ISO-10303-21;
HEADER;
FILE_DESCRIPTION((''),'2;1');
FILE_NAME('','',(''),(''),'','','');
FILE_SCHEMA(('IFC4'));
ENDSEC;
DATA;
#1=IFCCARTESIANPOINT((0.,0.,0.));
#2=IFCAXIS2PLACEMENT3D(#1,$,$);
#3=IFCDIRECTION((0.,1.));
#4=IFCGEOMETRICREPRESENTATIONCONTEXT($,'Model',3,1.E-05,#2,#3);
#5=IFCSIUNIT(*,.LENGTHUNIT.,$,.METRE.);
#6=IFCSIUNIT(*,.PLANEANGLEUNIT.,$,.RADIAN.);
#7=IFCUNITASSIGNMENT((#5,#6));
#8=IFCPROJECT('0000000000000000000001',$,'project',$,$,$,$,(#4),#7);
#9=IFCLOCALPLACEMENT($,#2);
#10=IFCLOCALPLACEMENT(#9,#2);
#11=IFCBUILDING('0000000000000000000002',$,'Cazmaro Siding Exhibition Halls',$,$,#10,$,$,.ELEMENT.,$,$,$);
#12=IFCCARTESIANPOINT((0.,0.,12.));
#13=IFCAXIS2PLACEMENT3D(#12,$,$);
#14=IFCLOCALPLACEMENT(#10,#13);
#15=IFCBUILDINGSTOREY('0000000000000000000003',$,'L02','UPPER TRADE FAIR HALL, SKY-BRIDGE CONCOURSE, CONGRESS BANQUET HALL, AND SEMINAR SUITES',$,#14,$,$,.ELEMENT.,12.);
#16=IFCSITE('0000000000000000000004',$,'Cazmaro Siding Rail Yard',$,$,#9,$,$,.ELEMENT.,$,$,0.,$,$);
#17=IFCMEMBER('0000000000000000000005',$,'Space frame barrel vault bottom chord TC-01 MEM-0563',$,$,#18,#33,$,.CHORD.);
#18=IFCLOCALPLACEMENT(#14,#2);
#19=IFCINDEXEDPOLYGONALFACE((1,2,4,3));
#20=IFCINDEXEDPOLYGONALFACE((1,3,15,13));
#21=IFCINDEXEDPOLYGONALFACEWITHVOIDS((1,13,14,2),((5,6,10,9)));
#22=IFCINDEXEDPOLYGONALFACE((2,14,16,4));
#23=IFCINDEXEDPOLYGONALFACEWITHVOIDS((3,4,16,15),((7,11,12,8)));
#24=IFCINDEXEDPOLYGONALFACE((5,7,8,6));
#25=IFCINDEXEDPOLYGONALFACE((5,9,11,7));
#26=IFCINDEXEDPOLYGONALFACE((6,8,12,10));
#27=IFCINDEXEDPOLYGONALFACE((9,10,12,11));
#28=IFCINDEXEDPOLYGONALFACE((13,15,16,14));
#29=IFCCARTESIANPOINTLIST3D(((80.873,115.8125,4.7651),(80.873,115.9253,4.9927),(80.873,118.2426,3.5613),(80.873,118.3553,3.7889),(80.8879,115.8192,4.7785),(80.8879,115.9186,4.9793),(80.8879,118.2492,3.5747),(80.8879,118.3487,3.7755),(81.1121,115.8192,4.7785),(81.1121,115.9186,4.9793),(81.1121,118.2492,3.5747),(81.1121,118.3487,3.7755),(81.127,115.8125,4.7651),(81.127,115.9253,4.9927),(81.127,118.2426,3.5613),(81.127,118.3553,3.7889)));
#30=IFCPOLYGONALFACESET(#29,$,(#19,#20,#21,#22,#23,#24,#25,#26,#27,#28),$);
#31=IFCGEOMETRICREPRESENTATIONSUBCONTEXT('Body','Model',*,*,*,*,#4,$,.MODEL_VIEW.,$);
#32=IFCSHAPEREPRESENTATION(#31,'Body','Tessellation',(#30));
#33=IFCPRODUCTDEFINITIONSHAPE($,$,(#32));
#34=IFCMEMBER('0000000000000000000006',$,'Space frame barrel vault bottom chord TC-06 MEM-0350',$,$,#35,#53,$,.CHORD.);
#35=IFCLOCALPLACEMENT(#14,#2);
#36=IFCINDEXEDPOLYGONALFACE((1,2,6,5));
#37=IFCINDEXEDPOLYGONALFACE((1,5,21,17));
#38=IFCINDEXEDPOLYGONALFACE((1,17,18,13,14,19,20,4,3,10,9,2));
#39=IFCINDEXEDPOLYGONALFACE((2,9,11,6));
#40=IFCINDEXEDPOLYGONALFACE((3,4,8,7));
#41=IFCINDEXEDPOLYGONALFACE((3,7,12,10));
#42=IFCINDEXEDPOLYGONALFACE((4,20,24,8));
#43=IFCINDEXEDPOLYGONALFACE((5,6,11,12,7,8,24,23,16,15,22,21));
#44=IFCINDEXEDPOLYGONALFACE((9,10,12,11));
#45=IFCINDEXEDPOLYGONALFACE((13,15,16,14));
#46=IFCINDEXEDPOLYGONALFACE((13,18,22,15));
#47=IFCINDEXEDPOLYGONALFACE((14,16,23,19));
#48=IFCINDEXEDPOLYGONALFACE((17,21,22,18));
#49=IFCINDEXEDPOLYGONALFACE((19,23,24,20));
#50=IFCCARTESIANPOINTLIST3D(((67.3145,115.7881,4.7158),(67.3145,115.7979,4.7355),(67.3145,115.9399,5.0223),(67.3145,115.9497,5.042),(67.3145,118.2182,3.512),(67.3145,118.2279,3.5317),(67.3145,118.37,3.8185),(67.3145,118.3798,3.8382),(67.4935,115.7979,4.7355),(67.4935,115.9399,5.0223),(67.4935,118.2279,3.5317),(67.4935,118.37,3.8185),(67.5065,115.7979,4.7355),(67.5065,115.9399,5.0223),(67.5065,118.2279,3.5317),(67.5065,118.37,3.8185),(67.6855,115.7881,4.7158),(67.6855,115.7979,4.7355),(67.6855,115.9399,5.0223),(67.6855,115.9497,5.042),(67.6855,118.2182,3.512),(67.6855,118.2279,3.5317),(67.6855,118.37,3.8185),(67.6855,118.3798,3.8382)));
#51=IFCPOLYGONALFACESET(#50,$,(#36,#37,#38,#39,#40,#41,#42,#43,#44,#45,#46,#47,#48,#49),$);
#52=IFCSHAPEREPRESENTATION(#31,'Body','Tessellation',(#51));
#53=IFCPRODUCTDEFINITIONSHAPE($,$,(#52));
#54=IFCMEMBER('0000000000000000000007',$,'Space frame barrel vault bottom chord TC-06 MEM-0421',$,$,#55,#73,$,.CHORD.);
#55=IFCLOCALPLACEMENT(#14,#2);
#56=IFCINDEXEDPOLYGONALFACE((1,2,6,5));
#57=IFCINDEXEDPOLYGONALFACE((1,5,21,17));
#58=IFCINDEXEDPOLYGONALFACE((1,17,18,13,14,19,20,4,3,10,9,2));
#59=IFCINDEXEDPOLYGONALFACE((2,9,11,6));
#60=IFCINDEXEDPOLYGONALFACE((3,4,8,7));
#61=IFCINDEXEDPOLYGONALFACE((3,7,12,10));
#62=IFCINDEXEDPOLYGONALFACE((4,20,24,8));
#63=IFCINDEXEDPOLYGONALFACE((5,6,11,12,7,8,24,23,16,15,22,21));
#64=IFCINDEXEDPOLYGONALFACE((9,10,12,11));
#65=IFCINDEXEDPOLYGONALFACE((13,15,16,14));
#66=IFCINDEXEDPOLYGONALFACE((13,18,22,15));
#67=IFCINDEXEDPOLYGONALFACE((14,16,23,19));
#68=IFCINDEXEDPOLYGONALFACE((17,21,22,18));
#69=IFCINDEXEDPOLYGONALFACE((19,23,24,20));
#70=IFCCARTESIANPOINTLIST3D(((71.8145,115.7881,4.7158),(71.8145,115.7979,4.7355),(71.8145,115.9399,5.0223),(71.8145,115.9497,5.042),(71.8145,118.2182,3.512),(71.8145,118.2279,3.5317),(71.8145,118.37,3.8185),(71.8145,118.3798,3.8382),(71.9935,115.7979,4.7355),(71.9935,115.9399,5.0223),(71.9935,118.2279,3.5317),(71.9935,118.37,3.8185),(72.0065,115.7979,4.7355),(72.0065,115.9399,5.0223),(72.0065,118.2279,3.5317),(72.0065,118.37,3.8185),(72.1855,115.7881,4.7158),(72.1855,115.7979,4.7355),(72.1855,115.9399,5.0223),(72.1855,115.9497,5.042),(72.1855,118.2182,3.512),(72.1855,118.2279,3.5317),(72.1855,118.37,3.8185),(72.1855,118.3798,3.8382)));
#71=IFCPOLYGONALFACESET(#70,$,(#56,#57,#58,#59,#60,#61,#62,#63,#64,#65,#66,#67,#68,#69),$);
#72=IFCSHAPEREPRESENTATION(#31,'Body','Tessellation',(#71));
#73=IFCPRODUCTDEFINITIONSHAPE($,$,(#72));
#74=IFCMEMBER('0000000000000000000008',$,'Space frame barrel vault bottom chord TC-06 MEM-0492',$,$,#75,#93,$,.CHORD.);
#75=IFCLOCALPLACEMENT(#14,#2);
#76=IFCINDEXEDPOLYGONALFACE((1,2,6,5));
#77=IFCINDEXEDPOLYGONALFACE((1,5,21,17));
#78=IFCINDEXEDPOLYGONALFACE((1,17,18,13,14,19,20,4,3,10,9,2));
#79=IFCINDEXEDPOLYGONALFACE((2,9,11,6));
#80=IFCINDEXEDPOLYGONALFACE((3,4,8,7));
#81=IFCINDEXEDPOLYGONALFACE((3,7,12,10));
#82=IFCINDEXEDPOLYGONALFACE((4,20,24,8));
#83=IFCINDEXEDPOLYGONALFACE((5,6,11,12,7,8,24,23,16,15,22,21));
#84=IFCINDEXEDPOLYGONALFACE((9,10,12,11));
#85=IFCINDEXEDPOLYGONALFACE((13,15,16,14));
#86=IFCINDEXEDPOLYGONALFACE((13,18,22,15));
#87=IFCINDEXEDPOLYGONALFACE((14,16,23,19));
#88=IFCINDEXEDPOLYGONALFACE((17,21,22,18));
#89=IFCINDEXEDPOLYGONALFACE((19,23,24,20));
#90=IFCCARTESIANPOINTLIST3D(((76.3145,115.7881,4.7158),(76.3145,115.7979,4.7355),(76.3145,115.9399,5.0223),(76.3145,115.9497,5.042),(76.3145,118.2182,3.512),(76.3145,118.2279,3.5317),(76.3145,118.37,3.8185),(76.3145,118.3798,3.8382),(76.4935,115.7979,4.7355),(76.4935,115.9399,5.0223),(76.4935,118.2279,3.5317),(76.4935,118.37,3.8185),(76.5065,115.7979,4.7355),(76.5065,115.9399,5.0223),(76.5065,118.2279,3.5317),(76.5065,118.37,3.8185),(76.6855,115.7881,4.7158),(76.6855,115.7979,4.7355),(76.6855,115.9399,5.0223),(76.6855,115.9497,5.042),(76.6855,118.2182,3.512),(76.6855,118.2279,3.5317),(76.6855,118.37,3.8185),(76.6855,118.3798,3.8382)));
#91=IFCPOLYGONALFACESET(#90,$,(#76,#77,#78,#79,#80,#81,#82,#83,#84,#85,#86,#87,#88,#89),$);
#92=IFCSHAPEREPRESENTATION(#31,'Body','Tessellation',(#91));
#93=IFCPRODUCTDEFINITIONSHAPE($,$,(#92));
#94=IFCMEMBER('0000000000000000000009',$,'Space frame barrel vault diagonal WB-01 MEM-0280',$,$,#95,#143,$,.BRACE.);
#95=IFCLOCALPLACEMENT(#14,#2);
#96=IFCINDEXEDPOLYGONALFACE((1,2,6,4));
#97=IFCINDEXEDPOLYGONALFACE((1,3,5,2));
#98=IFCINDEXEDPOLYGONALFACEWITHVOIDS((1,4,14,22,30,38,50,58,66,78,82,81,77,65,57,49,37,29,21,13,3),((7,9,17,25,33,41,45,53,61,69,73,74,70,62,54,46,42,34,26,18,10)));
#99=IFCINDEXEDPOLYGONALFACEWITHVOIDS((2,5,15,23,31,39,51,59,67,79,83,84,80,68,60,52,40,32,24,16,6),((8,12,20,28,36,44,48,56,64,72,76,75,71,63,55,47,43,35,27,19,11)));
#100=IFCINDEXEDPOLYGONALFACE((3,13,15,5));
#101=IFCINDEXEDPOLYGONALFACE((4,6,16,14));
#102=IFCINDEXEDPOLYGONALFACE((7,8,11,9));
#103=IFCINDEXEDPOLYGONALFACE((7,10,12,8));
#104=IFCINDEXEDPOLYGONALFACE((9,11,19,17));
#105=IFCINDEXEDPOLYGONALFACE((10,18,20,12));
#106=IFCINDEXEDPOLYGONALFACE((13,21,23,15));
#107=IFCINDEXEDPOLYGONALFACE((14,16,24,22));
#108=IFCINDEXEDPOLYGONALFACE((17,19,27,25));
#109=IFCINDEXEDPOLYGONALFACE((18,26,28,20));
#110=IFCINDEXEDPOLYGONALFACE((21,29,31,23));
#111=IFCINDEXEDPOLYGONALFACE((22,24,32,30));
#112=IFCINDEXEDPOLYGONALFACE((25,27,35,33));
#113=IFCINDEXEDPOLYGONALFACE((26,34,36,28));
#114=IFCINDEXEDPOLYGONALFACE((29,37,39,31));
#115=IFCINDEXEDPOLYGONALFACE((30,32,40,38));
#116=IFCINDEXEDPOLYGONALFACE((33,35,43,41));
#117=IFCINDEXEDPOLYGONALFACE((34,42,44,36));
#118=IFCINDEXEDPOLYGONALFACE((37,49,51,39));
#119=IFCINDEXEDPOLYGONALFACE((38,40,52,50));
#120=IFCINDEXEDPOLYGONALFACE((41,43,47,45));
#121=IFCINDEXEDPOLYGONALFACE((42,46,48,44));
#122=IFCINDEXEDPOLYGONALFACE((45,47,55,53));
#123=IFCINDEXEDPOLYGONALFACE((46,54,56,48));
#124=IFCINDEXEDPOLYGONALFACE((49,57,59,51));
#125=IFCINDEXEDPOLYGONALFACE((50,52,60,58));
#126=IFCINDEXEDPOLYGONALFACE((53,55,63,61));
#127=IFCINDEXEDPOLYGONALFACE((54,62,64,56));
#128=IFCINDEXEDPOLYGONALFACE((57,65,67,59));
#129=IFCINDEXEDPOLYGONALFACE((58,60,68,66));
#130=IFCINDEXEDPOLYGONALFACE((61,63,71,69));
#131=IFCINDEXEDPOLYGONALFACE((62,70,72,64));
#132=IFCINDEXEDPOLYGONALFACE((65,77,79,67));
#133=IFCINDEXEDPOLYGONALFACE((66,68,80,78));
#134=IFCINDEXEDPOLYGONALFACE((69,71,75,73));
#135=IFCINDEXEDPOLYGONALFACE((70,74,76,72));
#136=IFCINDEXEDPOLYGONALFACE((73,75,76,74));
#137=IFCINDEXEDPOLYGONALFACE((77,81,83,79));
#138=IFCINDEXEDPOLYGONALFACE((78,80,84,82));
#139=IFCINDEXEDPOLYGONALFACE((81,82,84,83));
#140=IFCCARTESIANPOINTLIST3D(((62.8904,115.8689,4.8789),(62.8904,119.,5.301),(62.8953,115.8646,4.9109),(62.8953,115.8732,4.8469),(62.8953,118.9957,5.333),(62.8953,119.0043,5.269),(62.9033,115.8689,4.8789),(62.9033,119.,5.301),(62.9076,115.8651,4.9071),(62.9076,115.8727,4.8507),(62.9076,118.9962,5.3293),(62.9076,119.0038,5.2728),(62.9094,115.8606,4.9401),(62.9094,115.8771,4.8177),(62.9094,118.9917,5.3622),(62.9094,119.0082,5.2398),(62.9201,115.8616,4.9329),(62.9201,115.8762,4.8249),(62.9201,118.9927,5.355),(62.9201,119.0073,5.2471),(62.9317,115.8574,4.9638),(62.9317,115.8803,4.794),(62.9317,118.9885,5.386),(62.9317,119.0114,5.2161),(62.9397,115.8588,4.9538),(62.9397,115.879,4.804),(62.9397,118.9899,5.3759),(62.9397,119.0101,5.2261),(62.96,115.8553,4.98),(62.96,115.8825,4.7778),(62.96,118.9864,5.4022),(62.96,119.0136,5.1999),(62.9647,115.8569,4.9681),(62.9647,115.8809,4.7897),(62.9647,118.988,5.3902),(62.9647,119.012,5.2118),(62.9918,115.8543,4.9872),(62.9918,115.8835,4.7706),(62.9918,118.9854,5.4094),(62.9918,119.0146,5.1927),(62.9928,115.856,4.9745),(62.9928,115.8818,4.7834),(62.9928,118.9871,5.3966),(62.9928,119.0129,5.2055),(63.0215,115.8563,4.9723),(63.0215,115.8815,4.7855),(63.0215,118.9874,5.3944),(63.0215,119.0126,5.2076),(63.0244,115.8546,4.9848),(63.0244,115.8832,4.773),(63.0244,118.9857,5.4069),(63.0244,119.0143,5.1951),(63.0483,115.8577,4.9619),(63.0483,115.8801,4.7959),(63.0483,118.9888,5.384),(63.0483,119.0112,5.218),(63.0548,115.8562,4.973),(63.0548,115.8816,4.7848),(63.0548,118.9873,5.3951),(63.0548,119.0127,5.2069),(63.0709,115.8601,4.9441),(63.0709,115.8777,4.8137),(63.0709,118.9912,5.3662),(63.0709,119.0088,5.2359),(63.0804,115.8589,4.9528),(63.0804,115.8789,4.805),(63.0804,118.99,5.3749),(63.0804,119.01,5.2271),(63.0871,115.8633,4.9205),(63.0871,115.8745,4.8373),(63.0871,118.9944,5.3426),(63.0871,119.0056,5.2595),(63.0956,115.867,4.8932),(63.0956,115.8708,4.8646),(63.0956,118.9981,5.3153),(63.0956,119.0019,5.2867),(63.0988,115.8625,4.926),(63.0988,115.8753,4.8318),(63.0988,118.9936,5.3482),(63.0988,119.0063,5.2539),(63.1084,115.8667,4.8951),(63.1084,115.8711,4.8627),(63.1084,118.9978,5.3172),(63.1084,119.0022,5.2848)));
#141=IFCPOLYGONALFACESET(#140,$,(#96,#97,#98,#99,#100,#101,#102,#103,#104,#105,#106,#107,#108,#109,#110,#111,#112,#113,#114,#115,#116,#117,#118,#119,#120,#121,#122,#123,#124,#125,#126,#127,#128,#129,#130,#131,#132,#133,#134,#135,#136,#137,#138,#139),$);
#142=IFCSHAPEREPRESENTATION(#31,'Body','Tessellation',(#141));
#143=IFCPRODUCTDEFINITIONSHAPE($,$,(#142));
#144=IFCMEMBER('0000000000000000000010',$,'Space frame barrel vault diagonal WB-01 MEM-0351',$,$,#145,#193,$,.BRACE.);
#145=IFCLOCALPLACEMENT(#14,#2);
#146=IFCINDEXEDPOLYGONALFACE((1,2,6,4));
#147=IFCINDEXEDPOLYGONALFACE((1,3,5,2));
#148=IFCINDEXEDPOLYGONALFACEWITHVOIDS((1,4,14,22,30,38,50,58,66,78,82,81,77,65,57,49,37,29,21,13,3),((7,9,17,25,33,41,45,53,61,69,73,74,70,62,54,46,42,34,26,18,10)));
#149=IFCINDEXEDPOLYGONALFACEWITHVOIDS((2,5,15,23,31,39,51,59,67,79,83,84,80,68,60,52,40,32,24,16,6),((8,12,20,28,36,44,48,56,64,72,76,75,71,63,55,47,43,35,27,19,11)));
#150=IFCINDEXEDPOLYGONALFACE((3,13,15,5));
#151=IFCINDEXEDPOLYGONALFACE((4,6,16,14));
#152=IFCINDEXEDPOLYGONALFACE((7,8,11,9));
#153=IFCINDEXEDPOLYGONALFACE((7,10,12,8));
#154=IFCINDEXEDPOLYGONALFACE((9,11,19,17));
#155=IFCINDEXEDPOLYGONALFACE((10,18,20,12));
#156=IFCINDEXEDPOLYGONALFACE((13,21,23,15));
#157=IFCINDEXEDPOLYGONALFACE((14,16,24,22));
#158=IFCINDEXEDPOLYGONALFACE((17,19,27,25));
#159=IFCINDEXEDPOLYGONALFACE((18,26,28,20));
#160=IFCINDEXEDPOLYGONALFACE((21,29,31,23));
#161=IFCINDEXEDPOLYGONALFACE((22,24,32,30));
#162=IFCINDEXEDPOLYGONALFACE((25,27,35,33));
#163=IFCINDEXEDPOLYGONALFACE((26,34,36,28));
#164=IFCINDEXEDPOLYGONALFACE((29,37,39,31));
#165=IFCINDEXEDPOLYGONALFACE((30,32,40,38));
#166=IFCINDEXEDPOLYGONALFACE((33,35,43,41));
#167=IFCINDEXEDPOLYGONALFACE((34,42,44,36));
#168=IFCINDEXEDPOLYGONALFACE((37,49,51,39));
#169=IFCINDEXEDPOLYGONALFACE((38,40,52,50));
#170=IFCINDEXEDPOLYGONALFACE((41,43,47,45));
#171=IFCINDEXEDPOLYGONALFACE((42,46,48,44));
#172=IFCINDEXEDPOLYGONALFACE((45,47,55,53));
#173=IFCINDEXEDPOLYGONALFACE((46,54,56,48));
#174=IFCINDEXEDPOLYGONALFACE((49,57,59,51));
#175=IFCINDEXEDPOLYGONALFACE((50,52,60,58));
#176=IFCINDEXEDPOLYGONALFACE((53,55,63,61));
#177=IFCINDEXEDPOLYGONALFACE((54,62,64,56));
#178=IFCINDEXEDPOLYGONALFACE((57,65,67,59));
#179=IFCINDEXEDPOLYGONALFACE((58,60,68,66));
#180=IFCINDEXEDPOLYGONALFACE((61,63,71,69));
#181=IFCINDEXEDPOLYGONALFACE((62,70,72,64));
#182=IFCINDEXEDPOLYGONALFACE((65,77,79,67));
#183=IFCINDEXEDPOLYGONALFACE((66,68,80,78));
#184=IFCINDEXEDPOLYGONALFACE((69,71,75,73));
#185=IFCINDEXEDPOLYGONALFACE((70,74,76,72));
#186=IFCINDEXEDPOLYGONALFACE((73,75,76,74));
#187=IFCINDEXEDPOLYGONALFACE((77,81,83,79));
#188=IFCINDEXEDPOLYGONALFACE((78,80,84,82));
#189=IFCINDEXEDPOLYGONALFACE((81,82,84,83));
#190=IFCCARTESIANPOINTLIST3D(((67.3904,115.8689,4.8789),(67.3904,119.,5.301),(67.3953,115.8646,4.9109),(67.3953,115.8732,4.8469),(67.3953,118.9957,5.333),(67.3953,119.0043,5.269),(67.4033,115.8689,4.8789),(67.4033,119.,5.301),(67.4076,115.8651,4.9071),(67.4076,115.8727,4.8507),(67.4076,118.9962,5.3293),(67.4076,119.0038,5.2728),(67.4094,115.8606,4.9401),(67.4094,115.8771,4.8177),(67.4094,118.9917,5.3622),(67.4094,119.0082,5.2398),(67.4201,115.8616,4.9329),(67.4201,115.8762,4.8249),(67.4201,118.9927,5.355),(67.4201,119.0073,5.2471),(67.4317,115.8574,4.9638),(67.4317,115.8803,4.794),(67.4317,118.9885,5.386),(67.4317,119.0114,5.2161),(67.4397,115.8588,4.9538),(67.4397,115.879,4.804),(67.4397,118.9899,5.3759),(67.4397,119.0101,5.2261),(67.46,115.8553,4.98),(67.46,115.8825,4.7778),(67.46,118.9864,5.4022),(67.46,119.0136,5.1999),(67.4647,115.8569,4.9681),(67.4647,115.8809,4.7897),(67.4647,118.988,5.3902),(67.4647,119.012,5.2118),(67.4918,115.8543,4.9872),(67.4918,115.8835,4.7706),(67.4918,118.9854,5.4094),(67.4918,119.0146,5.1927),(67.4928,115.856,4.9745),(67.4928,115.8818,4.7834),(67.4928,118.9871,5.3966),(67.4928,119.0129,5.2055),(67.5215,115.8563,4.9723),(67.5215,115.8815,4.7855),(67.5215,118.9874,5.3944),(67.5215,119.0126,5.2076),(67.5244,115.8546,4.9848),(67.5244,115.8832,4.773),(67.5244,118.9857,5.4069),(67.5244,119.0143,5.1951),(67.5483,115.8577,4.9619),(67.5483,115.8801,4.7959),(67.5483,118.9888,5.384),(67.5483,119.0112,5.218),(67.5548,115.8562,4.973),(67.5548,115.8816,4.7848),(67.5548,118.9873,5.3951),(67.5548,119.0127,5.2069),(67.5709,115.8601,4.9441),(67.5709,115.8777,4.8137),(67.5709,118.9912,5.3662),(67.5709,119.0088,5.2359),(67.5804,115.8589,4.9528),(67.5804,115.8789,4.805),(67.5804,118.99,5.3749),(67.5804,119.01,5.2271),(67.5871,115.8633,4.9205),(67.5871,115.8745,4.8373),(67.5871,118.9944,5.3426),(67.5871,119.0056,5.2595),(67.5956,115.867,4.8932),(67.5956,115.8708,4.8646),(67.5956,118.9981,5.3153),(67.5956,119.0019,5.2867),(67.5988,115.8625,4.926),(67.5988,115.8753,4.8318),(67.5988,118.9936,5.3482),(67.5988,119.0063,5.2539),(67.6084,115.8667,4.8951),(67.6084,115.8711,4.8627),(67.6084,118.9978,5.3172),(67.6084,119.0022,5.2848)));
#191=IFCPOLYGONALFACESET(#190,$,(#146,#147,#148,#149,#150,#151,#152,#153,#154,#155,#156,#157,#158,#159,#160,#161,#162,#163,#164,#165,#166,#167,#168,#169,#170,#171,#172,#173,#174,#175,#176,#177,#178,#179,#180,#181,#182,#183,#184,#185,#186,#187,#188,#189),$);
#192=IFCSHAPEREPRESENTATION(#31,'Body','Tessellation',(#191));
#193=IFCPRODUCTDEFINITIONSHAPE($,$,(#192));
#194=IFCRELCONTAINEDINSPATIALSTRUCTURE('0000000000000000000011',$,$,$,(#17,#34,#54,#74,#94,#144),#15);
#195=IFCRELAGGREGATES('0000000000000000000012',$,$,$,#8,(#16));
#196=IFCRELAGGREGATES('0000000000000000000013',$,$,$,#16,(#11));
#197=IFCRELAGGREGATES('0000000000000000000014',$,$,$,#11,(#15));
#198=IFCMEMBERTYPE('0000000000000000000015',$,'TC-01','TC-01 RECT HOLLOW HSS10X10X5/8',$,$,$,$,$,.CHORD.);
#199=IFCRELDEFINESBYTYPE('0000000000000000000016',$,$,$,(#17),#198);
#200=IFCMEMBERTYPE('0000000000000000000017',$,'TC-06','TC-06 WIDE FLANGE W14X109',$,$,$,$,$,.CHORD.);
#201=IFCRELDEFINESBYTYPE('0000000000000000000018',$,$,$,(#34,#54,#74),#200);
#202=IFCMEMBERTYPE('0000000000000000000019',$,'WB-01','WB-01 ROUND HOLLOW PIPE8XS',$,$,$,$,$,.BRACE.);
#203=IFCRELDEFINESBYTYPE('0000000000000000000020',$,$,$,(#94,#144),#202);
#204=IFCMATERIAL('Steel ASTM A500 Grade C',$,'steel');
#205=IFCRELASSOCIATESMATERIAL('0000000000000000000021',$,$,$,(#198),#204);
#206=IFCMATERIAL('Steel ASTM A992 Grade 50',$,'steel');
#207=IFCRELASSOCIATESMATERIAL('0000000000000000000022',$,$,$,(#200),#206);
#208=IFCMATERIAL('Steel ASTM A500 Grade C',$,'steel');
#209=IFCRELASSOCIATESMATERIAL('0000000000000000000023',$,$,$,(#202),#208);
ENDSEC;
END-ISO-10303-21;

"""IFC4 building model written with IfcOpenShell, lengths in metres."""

from ifc_helpers import new_model, si_unit, direction, frame, origin, origin_2d, place, context, subcontext, project, spatial, hollow_rectangle, hollow_circle, i_section, extrude, material, material_profile, profile_set, type_object, element, save


model = new_model("IFC4")

# Units and contexts
model_context = context("Model", 3, precision=1e-05, world=origin(), true_north=direction((0.0, 1.0)))
body_context = subcontext(model_context, "Body", "Model", "MODEL_VIEW")
ifc_project = project(units=[si_unit("LENGTHUNIT", "METRE"), si_unit("PLANEANGLEUNIT", "RADIAN")], contexts=[model_context])

# Site, building, storey
site_placement = place(None, origin())
site = spatial("IfcSite", under=ifc_project, at=site_placement, Name="Cazmaro Siding Rail Yard", CompositionType="ELEMENT", RefElevation=0.0)
building_placement = place(site_placement, origin())
building = spatial("IfcBuilding", under=site, at=building_placement, Name="Cazmaro Siding Exhibition Halls", CompositionType="ELEMENT")
storey_placement = place(building_placement, frame((0.0, 0.0, 12.0)))
storey = spatial("IfcBuildingStorey", under=building, at=storey_placement, Name="L02", Description="UPPER TRADE FAIR HALL, SKY-BRIDGE CONCOURSE, CONGRESS BANQUET HALL, AND SEMINAR SUITES", CompositionType="ELEMENT", Elevation=12.0)

# Members
ifc_material_1 = material(Name="Steel ASTM A500 Grade C", Category="steel")
ifc_material_profile_1 = material_profile(ifc_material_1, hollow_rectangle(XDim=0.2539, YDim=0.2539, WallThickness=0.0149, at=origin_2d()), Name="HSS10X10X5/8")
ifc_profile_set_1 = profile_set([ifc_material_profile_1], Name="Steel ASTM A500 Grade C")
member_type_1 = type_object("IfcMemberType", Name="TC-01", Description="TC-01 RECT HOLLOW HSS10X10X5/8", PredefinedType="CHORD", material=ifc_profile_set_1)
for number, where, z_axis, x_axis, name in (
    (1, (81.0, 115.8689, 4.8789), (0.0, 0.896077, -0.443898), (-1.0, 0.0, 0.0), "Space frame barrel vault bottom chord TC-01 MEM-0563"),
):
    element("IfcMember", number, at=place(storey_placement, frame(where, z_axis=z_axis, x_axis=x_axis)), inside=storey, type_object=member_type_1, Name=name, PredefinedType="CHORD", context=body_context, shape_type="SweptSolid", body=[
        extrude(hollow_rectangle(XDim=0.2539, YDim=0.2539, WallThickness=0.0149, at=origin_2d()), origin(), (0.0, 0.0, 1.0), 2.7119),
    ])
ifc_material_2 = material(Name="Steel ASTM A992 Grade 50", Category="steel")
ifc_material_profile_2 = material_profile(ifc_material_2, i_section(OverallWidth=0.3711, OverallDepth=0.364, WebThickness=0.0129, FlangeThickness=0.022, at=origin_2d()), Name="W14X109")
ifc_profile_set_2 = profile_set([ifc_material_profile_2], Name="Steel ASTM A992 Grade 50")
member_type_2 = type_object("IfcMemberType", Name="TC-06", Description="TC-06 WIDE FLANGE W14X109", PredefinedType="CHORD", material=ifc_profile_set_2)
for number, where, z_axis, x_axis, name in (
    (2, (67.5, 115.8689, 4.8789), (0.0, 0.896077, -0.443898), (-1.0, 0.0, 0.0), "Space frame barrel vault bottom chord TC-06 MEM-0350"),
    (3, (72.0, 115.8689, 4.8789), (0.0, 0.896077, -0.443898), (-1.0, 0.0, 0.0), "Space frame barrel vault bottom chord TC-06 MEM-0421"),
    (4, (76.5, 115.8689, 4.8789), (0.0, 0.896077, -0.443898), (-1.0, 0.0, 0.0), "Space frame barrel vault bottom chord TC-06 MEM-0492"),
):
    element("IfcMember", number, at=place(storey_placement, frame(where, z_axis=z_axis, x_axis=x_axis)), inside=storey, type_object=member_type_2, Name=name, PredefinedType="CHORD", context=body_context, shape_type="SweptSolid", body=[
        extrude(i_section(OverallWidth=0.3711, OverallDepth=0.364, WebThickness=0.0129, FlangeThickness=0.022, at=origin_2d()), origin(), (0.0, 0.0, 1.0), 2.7119),
    ])
ifc_material_3 = material(Name="Steel ASTM A500 Grade C", Category="steel")
ifc_material_profile_3 = material_profile(ifc_material_3, hollow_circle(Radius=0.1096, WallThickness=0.0129, at=origin_2d()), Name="PIPE8XS")
ifc_profile_set_3 = profile_set([ifc_material_profile_3], Name="Steel ASTM A500 Grade C")
member_type_3 = type_object("IfcMemberType", Name="WB-01", Description="WB-01 ROUND HOLLOW PIPE8XS", PredefinedType="BRACE", material=ifc_profile_set_3)
for number, where, z_axis, x_axis, name in (
    (5, (63.0, 115.8689, 4.8789), (0.0, 0.991035, 0.133606), (-1.0, 0.0, 0.0), "Space frame barrel vault diagonal WB-01 MEM-0280"),
    (6, (67.5, 115.8689, 4.8789), (0.0, 0.991035, 0.133606), (-1.0, 0.0, 0.0), "Space frame barrel vault diagonal WB-01 MEM-0351"),
):
    element("IfcMember", number, at=place(storey_placement, frame(where, z_axis=z_axis, x_axis=x_axis)), inside=storey, type_object=member_type_3, Name=name, PredefinedType="BRACE", context=body_context, shape_type="SweptSolid", body=[
        extrude(hollow_circle(Radius=0.1096, WallThickness=0.0129, at=origin_2d()), origin(), (0.0, 0.0, 1.0), 3.1594),
    ])

save(model, "model.ifc")
